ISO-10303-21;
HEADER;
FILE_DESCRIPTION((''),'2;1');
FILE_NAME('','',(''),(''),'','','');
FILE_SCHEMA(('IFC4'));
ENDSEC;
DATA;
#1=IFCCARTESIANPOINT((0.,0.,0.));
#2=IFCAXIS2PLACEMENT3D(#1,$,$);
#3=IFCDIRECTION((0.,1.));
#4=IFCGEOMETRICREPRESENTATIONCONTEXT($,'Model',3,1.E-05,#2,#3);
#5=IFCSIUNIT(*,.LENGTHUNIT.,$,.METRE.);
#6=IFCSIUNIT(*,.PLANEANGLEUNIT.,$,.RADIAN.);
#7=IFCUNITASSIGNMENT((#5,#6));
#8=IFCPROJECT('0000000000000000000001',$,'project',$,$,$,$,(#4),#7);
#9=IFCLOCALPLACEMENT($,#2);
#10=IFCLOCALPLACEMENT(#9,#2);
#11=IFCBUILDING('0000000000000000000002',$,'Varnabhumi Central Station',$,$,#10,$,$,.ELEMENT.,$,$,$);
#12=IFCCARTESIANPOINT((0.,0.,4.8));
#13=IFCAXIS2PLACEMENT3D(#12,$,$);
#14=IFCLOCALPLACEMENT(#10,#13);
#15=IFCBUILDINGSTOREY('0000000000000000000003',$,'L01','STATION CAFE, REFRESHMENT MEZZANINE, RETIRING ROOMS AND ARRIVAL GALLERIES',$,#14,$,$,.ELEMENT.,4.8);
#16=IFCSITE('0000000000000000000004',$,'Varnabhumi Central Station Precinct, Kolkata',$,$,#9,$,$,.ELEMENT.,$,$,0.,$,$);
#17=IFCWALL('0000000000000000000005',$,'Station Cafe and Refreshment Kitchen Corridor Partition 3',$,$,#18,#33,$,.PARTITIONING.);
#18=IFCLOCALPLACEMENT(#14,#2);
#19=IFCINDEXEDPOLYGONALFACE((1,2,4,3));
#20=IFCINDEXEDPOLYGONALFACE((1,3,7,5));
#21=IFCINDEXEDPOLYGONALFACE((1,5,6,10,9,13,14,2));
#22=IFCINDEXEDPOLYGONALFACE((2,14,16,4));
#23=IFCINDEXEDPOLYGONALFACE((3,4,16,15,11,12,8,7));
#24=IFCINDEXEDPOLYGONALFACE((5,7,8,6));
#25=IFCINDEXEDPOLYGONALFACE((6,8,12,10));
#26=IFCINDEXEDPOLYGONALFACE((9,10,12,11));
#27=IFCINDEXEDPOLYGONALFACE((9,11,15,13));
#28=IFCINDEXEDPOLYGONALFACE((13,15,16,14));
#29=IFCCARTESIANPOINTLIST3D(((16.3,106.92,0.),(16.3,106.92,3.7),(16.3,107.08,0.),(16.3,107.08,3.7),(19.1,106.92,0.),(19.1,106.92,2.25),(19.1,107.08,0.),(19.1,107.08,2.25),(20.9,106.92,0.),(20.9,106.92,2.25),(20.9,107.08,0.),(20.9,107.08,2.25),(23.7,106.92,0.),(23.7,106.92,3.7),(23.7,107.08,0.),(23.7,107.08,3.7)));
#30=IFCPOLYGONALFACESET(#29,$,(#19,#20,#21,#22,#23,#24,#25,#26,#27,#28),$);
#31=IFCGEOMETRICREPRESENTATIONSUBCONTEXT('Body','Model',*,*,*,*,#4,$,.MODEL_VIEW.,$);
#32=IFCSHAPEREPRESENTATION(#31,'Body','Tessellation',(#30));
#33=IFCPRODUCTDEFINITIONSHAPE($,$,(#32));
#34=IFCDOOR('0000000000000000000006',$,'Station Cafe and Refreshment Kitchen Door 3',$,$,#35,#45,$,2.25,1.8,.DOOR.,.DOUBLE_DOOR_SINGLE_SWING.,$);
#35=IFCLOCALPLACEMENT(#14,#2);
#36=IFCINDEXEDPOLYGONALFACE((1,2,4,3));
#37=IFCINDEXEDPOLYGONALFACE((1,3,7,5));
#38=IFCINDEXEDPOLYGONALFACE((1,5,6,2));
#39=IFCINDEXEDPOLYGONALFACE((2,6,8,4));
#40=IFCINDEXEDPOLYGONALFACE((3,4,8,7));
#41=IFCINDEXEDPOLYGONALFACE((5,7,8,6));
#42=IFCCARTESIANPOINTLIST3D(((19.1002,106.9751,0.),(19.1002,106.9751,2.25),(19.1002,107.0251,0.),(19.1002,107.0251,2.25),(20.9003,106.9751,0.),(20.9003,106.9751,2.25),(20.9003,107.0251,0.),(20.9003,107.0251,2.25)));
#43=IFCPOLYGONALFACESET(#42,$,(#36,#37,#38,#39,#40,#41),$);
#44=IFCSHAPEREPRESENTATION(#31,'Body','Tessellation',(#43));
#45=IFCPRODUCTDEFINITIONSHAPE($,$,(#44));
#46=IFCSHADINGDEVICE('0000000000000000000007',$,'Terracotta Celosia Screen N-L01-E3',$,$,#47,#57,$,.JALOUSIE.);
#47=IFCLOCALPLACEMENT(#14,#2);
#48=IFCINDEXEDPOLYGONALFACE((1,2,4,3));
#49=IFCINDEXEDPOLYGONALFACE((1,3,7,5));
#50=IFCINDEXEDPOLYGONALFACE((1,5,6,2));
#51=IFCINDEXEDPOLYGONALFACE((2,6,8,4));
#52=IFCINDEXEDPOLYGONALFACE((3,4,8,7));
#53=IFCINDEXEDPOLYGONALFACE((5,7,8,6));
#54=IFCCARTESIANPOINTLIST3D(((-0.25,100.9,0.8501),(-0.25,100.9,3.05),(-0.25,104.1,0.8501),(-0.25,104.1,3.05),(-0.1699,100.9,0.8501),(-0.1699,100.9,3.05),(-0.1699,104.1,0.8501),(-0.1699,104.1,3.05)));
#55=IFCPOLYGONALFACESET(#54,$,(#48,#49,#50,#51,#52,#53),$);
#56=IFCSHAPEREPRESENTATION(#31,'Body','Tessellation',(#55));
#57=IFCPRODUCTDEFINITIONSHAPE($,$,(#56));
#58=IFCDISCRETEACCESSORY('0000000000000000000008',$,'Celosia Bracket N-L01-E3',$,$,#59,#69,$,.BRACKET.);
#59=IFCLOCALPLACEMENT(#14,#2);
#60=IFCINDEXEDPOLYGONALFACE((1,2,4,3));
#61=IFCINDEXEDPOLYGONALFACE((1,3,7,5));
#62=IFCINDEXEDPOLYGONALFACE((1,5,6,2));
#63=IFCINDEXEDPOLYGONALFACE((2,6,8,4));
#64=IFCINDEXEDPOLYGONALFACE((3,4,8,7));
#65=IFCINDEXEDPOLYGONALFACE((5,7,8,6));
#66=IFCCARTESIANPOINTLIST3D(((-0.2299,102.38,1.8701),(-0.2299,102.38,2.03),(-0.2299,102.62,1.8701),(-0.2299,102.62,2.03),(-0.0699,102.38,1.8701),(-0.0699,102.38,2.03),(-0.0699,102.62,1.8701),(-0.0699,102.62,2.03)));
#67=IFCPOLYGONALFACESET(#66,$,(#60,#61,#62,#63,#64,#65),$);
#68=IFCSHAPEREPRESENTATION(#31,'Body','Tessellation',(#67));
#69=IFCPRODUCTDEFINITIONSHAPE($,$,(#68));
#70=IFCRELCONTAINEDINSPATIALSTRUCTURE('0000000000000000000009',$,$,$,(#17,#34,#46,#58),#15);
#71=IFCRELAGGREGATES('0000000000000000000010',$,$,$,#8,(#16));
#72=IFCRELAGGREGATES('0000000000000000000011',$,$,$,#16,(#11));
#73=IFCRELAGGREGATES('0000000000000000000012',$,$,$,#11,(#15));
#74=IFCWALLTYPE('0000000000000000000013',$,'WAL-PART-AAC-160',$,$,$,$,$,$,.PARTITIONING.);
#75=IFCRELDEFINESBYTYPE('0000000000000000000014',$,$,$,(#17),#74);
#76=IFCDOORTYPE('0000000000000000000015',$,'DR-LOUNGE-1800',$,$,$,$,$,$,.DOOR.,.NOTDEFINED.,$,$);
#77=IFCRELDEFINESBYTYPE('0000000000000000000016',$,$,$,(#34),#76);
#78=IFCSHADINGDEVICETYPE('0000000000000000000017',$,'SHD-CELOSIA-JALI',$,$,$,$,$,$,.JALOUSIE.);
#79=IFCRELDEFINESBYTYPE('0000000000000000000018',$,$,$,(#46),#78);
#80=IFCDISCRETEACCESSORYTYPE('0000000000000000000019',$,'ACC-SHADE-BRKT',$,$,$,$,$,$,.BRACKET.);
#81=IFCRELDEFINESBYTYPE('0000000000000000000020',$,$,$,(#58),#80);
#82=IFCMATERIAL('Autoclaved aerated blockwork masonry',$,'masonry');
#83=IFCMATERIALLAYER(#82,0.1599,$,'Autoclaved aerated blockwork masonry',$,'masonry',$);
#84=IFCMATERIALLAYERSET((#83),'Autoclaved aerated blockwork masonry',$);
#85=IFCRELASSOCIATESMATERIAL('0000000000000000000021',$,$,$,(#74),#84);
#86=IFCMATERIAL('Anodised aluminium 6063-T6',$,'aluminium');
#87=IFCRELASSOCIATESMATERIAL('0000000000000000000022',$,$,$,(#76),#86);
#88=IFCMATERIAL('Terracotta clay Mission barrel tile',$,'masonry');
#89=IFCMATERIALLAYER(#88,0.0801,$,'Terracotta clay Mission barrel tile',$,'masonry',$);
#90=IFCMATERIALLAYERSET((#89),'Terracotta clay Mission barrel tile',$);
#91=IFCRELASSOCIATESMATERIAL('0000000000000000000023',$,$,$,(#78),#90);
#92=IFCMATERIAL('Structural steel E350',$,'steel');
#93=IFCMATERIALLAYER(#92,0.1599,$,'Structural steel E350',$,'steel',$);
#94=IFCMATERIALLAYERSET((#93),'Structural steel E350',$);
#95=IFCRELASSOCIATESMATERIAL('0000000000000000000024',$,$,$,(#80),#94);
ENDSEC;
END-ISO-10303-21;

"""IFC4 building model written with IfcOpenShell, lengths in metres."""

from ifc_helpers import new_model, si_unit, direction, frame, frame_2d, origin, origin_2d, place, context, subcontext, project, spatial, rectangle, extrude, material, layer, layer_set, type_object, element, fill, save


model = new_model("IFC4")

# Units and contexts
model_context = context("Model", 3, precision=1e-05, world=origin(), true_north=direction((0.0, 1.0)))
body_context = subcontext(model_context, "Body", "Model", "MODEL_VIEW")
ifc_project = project(units=[si_unit("LENGTHUNIT", "METRE"), si_unit("PLANEANGLEUNIT", "RADIAN")], contexts=[model_context])

# Site, building, storey
site_placement = place(None, origin())
site = spatial("IfcSite", under=ifc_project, at=site_placement, Name="Varnabhumi Central Station Precinct, Kolkata", CompositionType="ELEMENT", RefElevation=0.0)
building_placement = place(site_placement, origin())
building = spatial("IfcBuilding", under=site, at=building_placement, Name="Varnabhumi Central Station", CompositionType="ELEMENT")
storey_placement = place(building_placement, frame((0.0, 0.0, 4.8)))
storey = spatial("IfcBuildingStorey", under=building, at=storey_placement, Name="L01", Description="STATION CAFE, REFRESHMENT MEZZANINE, RETIRING ROOMS AND ARRIVAL GALLERIES", CompositionType="ELEMENT", Elevation=4.8)

# Shared definitions
ifc_material_1 = material(Name="Structural steel E350", Category="steel")

# Shared definitions
ifc_material_2 = material(Name="Autoclaved aerated blockwork masonry", Category="masonry")

# Shared definitions
ifc_layer_1 = layer(ifc_material_2, 0.1599, Name="Autoclaved aerated blockwork masonry", Category="masonry")
ifc_layer_set_1 = layer_set([ifc_layer_1], Name="Autoclaved aerated blockwork masonry")
wall_type_1 = type_object("IfcWallType", Name="WAL-PART-AAC-160", PredefinedType="PARTITIONING", material=ifc_layer_set_1)
ifc_material_3 = material(Name="Anodised aluminium 6063-T6", Category="aluminium")
door_type = type_object("IfcDoorType", Name="DR-LOUNGE-1800", OperationType="NOTDEFINED", PredefinedType="DOOR", material=ifc_material_3)

# Wall, opening, door
wall_1_placement = place(storey_placement, frame((16.3, 107.0, 0.0), z_axis=(0.0, 0.0, 1.0), x_axis=(1.0, 0.0, 0.0)))
wall_1 = element("IfcWall", 1, at=wall_1_placement, inside=storey, type_object=wall_type_1, Name="Station Cafe and Refreshment Kitchen Corridor Partition 3", PredefinedType="PARTITIONING", context=body_context, shape_type="SweptSolid", body=[
    extrude(rectangle(XDim=7.3999, YDim=0.1599, at=frame_2d((3.7, 0.0))), origin(), (0.0, 0.0, 1.0), 3.7),
])
opening_1_placement = place(wall_1_placement, frame((2.8, 0.0, 0.0)))
opening_1 = element("IfcOpeningElement", 2, at=opening_1_placement, cuts=wall_1, PredefinedType="OPENING", context=body_context, shape_type="SweptSolid", body=[
    extrude(rectangle(XDim=1.8, YDim=2.25, at=frame_2d((0.8999, 1.125))), frame((0.0, 0.0898, 0.0), z_axis=(0.0, -1.0, 0.0), x_axis=(1.0, 0.0, 0.0)), (0.0, 0.0, 1.0), 0.1799),
])
door_1_placement = place(opening_1_placement, frame((1.8, 0.0, 0.0), z_axis=(0.0, 0.0, 1.0), x_axis=(-1.0, 0.0, 0.0)))
door_1 = element("IfcDoor", 3, at=door_1_placement, inside=storey, type_object=door_type, Name="Station Cafe and Refreshment Kitchen Door 3", OperationType="DOUBLE_DOOR_SINGLE_SWING", OverallHeight=2.25, OverallWidth=1.8, PredefinedType="DOOR", context=body_context, shape_type="SweptSolid", body=[
    extrude(rectangle(XDim=1.8, YDim=2.25, at=frame_2d((0.8999, 1.125))), frame((0.0, 0.0249, 0.0), z_axis=(0.0, -1.0, 0.0), x_axis=(1.0, 0.0, 0.0)), (0.0, 0.0, 1.0), 0.05),
])
fill(opening_1, door_1)

# Shading device
ifc_material_4 = material(Name="Terracotta clay Mission barrel tile", Category="masonry")
ifc_layer_2 = layer(ifc_material_4, 0.0801, Name="Terracotta clay Mission barrel tile", Category="masonry")
ifc_layer_set_2 = layer_set([ifc_layer_2], Name="Terracotta clay Mission barrel tile")
shading_device_type = type_object("IfcShadingDeviceType", Name="SHD-CELOSIA-JALI", PredefinedType="JALOUSIE", material=ifc_layer_set_2)
shading_device_placement = place(storey_placement, frame((-0.21, 102.5, 0.8501), z_axis=(0.0, 0.0, 1.0), x_axis=(1.0, 0.0, 0.0)))
element("IfcShadingDevice", 4, at=shading_device_placement, inside=storey, type_object=shading_device_type, Name="Terracotta Celosia Screen N-L01-E3", PredefinedType="JALOUSIE", context=body_context, shape_type="SweptSolid", body=[
    extrude(rectangle(XDim=0.0801, YDim=3.2, at=origin_2d()), origin(), (0.0, 0.0, 1.0), 2.2),
])

# Discrete accessory
ifc_layer_3 = layer(ifc_material_1, 0.1599, Name="Structural steel E350", Category="steel")
ifc_layer_set_3 = layer_set([ifc_layer_3], Name="Structural steel E350")
discrete_accessory_type = type_object("IfcDiscreteAccessoryType", Name="ACC-SHADE-BRKT", PredefinedType="BRACKET", material=ifc_layer_set_3)
discrete_accessory_placement = place(storey_placement, frame((-0.1499, 102.5, 1.8701), z_axis=(0.0, 0.0, 1.0), x_axis=(1.0, 0.0, 0.0)))
element("IfcDiscreteAccessory", 5, at=discrete_accessory_placement, inside=storey, type_object=discrete_accessory_type, Name="Celosia Bracket N-L01-E3", PredefinedType="BRACKET", context=body_context, shape_type="SweptSolid", body=[
    extrude(rectangle(XDim=0.1599, YDim=0.24, at=origin_2d()), origin(), (0.0, 0.0, 1.0), 0.1599),
])

save(model, "model.ifc")
